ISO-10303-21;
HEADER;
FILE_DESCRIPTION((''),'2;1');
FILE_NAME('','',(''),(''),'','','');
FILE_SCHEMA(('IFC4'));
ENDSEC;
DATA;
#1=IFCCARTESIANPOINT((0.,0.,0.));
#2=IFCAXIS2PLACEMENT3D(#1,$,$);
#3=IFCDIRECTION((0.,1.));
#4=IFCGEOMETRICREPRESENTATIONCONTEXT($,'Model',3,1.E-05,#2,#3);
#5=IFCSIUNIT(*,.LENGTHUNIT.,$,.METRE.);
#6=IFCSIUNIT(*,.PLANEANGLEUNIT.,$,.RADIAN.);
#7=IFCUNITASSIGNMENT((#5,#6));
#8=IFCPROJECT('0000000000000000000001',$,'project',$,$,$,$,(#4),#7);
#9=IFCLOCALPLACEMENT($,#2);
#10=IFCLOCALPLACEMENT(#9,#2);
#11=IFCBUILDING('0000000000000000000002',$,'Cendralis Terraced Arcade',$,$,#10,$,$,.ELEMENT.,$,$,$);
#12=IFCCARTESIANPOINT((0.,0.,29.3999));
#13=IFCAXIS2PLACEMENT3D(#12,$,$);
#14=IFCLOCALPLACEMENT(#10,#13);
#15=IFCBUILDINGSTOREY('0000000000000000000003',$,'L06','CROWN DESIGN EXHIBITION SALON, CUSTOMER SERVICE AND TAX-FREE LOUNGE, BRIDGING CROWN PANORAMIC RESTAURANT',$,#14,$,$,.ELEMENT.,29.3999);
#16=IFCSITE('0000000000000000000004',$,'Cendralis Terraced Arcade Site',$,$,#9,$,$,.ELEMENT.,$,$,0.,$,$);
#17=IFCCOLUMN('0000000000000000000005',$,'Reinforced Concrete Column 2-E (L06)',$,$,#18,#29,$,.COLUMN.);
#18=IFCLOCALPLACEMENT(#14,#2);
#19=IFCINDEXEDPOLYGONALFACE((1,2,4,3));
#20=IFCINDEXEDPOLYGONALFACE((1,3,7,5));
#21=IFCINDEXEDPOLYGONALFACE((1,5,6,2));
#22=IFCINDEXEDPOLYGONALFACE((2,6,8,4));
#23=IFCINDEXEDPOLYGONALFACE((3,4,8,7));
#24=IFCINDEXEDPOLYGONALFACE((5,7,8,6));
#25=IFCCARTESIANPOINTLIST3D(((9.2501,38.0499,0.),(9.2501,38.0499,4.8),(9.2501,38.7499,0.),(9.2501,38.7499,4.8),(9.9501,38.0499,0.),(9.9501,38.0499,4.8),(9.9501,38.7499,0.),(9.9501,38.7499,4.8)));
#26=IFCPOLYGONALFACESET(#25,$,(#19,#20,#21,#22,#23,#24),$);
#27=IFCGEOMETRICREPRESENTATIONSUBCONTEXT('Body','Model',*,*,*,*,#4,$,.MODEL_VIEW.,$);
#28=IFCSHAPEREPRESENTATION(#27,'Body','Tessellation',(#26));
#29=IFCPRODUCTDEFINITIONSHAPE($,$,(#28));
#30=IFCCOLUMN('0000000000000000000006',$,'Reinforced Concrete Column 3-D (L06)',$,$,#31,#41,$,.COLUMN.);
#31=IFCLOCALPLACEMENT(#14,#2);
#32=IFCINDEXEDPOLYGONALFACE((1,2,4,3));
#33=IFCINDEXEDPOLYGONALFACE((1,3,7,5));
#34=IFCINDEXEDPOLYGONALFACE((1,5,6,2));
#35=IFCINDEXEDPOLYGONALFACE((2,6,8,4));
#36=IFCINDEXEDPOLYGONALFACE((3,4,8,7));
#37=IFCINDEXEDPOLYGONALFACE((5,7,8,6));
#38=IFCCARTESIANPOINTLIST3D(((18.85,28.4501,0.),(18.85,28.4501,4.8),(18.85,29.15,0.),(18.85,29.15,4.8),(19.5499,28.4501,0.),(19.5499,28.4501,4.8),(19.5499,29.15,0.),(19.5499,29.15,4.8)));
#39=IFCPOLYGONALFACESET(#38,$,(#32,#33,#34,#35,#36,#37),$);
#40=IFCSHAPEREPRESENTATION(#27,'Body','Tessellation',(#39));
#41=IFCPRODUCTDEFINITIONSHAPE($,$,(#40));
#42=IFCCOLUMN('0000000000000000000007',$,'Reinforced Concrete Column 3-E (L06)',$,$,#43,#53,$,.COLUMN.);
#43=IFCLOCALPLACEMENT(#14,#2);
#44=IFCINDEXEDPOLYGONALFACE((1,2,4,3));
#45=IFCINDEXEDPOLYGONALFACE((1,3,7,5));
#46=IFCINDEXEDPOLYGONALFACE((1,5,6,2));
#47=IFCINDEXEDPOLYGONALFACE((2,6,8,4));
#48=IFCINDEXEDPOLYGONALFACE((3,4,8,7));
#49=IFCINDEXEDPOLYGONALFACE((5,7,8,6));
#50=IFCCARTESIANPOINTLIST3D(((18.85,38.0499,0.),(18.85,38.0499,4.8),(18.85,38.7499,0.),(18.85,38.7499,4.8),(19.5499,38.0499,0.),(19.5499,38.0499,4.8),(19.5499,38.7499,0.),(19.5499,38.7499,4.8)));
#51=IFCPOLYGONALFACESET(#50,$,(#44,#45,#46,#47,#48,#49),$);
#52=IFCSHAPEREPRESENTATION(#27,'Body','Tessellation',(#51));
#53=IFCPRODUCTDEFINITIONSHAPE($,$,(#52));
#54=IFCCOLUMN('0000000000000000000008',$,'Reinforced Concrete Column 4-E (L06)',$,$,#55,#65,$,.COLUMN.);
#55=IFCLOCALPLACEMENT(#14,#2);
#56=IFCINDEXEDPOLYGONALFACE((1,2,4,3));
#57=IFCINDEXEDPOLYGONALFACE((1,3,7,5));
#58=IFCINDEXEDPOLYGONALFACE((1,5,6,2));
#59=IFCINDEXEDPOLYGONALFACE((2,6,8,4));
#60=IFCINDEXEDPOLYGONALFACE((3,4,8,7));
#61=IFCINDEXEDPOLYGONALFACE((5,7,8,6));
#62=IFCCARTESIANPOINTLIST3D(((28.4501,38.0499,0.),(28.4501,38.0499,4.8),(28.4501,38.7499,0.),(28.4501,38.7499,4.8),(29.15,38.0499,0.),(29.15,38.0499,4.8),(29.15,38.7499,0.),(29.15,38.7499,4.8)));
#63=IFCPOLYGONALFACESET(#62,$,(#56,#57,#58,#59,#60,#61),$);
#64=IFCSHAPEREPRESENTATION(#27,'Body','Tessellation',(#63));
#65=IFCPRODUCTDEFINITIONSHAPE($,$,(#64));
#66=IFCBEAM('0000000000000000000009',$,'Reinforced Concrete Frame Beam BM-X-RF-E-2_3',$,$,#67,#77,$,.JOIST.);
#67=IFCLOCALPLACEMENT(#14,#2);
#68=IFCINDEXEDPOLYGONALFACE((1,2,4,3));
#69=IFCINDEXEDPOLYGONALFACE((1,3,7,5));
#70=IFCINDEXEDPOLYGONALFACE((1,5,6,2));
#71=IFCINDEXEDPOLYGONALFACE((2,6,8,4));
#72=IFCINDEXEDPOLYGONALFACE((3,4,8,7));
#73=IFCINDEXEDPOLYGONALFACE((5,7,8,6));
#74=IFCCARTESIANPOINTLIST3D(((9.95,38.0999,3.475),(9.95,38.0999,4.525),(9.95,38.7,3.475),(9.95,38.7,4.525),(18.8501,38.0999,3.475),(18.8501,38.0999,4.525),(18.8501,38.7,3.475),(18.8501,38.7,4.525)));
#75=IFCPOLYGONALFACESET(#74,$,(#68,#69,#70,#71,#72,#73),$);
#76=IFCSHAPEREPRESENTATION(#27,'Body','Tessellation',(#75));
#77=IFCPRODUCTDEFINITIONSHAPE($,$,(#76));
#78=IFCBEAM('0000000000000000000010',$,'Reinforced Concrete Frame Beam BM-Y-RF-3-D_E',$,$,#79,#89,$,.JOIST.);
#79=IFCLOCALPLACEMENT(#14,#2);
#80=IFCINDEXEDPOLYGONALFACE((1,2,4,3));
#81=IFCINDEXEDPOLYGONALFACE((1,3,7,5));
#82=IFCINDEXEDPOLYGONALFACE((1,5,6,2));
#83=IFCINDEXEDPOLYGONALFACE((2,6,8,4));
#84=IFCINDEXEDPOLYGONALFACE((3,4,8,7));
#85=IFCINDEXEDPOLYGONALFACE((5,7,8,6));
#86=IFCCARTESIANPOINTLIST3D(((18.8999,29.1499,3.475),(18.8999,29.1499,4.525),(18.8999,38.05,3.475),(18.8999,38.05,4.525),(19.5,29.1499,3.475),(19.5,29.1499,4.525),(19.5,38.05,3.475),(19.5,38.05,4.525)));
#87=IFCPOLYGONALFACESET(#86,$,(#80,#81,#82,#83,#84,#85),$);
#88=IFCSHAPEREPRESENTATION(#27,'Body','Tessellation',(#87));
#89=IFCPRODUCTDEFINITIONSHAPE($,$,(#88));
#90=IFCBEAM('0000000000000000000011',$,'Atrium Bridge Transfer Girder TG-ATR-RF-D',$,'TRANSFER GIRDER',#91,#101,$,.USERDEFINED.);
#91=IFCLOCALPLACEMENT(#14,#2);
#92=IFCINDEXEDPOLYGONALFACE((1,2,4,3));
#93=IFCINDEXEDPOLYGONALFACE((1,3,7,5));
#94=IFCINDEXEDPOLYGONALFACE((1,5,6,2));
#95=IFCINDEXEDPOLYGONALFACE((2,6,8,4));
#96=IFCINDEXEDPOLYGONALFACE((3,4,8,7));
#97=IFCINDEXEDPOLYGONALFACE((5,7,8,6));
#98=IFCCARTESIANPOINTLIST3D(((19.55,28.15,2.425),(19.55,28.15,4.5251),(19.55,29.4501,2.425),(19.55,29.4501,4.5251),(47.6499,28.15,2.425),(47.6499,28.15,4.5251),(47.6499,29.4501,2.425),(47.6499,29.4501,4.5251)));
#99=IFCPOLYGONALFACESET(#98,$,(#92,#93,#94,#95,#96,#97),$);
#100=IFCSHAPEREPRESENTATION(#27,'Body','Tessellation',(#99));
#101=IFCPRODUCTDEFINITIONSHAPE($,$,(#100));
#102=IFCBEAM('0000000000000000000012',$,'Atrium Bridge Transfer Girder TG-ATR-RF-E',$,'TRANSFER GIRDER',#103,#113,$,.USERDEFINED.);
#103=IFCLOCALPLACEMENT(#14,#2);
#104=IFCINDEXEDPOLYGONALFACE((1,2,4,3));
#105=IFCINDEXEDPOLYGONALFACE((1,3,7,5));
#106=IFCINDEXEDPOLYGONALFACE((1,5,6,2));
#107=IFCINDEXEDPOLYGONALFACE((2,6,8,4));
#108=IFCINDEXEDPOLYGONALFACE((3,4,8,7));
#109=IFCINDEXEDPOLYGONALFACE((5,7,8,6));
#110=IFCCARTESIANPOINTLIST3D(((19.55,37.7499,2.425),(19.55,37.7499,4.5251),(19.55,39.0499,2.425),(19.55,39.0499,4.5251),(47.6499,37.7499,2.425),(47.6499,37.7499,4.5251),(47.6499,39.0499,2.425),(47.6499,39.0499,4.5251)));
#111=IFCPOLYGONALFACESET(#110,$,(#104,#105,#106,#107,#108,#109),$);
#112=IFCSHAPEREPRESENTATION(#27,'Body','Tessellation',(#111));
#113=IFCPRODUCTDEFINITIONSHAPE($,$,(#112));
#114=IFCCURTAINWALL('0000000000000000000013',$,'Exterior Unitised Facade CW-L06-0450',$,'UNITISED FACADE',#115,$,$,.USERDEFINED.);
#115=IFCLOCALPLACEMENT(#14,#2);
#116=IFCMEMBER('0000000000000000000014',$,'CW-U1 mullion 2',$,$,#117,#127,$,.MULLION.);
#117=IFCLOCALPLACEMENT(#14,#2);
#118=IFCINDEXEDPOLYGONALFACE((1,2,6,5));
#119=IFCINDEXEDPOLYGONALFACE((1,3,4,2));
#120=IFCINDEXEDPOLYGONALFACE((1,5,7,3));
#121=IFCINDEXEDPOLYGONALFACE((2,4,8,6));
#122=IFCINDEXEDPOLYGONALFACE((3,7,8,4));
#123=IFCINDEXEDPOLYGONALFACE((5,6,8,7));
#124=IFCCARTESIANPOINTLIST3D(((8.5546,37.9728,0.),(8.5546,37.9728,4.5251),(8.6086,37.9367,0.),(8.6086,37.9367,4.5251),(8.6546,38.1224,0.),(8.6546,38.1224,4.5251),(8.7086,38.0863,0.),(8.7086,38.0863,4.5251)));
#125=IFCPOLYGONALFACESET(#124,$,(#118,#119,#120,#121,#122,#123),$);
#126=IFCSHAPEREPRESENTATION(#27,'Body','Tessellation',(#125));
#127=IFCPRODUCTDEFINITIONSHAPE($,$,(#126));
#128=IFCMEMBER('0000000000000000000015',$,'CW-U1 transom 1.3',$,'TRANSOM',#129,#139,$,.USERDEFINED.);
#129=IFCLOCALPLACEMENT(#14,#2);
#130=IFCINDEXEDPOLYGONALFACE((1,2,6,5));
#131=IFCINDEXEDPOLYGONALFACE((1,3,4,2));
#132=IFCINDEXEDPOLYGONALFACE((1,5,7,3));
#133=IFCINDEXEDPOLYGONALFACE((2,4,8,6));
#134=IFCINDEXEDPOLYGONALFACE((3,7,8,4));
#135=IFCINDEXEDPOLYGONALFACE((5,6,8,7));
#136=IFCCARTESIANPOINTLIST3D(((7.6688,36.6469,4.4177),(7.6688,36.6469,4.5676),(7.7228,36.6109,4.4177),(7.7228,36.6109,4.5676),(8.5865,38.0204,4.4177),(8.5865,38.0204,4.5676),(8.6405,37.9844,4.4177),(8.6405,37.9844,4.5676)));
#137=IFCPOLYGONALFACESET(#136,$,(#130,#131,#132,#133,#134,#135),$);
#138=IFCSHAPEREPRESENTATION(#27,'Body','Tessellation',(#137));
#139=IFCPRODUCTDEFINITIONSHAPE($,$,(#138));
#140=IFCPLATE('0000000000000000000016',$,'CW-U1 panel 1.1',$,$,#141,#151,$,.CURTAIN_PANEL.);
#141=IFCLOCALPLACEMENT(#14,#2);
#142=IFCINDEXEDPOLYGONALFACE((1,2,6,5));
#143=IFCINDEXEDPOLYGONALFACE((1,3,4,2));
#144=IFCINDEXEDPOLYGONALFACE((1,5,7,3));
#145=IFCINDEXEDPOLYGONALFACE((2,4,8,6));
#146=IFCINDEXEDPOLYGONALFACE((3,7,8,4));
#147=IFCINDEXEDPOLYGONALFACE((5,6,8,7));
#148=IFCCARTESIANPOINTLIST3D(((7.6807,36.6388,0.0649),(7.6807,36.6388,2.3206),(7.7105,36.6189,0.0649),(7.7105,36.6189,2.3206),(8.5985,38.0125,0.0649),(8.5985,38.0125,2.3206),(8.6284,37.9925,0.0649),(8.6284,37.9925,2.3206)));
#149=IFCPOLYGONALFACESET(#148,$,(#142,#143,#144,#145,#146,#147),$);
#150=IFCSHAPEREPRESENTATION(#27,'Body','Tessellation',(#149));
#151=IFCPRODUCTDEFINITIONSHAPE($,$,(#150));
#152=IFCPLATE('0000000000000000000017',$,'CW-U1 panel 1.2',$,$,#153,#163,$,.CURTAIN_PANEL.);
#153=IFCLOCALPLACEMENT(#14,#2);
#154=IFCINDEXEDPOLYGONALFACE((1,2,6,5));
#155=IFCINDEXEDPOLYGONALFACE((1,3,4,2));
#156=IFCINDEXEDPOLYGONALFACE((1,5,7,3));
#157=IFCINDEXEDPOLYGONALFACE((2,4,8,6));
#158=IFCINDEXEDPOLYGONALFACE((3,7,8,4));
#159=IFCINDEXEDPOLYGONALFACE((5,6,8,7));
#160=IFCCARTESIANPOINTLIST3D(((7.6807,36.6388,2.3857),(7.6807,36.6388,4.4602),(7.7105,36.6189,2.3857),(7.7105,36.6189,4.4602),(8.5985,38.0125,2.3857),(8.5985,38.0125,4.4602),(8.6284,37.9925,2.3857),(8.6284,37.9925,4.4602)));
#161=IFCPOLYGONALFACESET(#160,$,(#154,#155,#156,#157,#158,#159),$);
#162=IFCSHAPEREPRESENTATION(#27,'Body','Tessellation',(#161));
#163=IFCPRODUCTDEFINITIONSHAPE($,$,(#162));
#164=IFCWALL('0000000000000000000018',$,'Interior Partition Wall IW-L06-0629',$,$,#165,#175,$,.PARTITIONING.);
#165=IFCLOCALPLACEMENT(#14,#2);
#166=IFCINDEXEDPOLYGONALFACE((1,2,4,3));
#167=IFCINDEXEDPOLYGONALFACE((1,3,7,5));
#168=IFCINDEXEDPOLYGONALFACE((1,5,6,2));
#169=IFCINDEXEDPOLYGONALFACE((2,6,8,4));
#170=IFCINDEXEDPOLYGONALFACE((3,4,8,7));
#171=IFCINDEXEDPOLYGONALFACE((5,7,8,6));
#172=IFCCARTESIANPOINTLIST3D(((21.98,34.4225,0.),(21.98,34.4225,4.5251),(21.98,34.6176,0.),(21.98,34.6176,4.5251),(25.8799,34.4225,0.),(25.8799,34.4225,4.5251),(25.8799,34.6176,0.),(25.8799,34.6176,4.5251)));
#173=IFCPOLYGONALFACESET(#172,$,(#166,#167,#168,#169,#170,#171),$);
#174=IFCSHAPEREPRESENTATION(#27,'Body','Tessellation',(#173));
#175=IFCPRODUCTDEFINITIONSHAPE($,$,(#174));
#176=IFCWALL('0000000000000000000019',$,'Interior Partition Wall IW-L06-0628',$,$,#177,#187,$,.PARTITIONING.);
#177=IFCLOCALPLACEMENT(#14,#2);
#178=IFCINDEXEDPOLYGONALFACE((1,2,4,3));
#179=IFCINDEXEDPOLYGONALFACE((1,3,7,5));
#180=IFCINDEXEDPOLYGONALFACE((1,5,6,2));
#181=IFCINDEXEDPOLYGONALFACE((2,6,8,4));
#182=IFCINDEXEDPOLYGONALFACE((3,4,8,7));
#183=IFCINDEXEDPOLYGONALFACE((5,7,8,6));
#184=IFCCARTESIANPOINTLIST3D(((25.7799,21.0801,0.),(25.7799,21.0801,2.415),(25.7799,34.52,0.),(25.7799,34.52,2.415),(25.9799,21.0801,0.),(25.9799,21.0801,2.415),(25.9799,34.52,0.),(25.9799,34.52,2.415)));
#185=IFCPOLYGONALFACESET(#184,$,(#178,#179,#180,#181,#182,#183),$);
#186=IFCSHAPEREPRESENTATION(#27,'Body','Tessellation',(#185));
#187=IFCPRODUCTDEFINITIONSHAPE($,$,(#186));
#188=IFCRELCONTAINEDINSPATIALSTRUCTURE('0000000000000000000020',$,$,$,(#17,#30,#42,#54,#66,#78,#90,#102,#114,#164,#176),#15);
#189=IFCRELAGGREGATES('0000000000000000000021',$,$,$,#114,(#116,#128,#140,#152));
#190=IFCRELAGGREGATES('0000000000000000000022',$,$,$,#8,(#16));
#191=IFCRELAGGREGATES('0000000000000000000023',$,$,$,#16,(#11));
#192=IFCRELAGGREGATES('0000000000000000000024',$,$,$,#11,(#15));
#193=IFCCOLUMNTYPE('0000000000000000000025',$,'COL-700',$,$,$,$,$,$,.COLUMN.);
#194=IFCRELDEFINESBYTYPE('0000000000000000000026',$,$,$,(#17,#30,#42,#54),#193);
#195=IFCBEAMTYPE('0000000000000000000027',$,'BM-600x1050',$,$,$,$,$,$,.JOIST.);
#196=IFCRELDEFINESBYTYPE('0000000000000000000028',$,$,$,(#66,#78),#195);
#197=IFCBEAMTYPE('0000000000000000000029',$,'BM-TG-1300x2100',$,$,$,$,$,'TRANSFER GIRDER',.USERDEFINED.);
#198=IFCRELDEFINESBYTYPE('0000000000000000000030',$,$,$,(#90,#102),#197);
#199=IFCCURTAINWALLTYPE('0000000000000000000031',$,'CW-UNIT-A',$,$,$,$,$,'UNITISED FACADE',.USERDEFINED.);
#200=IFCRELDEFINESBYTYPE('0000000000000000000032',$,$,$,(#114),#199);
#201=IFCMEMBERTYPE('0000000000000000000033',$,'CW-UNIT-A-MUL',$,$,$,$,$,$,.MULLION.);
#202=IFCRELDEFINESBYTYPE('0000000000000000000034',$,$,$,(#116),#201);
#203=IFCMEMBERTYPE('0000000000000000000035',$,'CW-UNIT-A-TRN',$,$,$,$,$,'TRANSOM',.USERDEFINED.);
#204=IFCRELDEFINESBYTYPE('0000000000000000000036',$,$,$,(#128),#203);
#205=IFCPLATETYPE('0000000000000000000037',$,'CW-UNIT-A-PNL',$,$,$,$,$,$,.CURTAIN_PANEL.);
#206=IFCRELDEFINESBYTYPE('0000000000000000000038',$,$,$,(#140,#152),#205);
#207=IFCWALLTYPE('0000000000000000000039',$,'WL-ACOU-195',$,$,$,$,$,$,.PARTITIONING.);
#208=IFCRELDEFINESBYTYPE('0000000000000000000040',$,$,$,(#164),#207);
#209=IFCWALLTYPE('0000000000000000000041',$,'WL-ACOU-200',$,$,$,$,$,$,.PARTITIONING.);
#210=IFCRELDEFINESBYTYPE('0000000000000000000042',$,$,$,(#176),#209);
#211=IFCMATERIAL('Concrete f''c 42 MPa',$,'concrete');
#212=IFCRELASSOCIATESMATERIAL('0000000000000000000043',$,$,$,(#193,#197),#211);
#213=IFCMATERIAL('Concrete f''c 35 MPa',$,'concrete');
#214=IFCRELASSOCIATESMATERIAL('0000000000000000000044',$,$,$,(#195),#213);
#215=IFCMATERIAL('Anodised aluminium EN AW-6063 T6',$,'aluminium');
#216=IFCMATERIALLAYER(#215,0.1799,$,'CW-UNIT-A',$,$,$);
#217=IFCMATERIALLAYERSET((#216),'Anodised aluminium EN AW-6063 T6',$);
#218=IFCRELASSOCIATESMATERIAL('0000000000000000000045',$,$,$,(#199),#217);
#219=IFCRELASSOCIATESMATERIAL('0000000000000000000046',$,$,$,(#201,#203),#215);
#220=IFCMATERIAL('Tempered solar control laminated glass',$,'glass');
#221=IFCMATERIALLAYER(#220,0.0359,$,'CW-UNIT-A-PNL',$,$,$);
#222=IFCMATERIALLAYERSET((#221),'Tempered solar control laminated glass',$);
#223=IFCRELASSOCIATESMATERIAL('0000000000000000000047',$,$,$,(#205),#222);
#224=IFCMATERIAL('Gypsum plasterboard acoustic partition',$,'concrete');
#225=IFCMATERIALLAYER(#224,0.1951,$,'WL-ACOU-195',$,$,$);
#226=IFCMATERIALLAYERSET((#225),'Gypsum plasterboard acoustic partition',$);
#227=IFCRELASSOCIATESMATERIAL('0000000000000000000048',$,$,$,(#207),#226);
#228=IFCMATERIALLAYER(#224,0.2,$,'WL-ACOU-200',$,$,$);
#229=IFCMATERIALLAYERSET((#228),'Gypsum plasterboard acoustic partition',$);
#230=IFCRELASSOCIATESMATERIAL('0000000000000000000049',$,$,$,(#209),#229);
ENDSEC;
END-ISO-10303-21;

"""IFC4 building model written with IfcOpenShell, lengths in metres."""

from ifc_helpers import new_model, si_unit, direction, frame, frame_2d, origin, origin_2d, place, context, subcontext, project, spatial, rectangle, extrude, material, layer, layer_set, material_profile, profile_set, type_object, element, aggregate, save


model = new_model("IFC4")

# Units and contexts
model_context = context("Model", 3, precision=1e-05, world=origin(), true_north=direction((0.0, 1.0)))
body_context = subcontext(model_context, "Body", "Model", "MODEL_VIEW")
ifc_project = project(units=[si_unit("LENGTHUNIT", "METRE"), si_unit("PLANEANGLEUNIT", "RADIAN")], contexts=[model_context])

# Site, building, storey
site_placement = place(None, origin())
site = spatial("IfcSite", under=ifc_project, at=site_placement, Name="Cendralis Terraced Arcade Site", CompositionType="ELEMENT", RefElevation=0.0)
building_placement = place(site_placement, origin())
building = spatial("IfcBuilding", under=site, at=building_placement, Name="Cendralis Terraced Arcade", CompositionType="ELEMENT")
storey_placement = place(building_placement, frame((0.0, 0.0, 29.3999)))
storey = spatial("IfcBuildingStorey", under=building, at=storey_placement, Name="L06", Description="CROWN DESIGN EXHIBITION SALON, CUSTOMER SERVICE AND TAX-FREE LOUNGE, BRIDGING CROWN PANORAMIC RESTAURANT", CompositionType="ELEMENT", Elevation=29.3999)

# Columns
ifc_material_1 = material(Name="Concrete f'c 42 MPa", Category="concrete")
ifc_material_profile_1 = material_profile(ifc_material_1, rectangle(XDim=0.7, YDim=0.7, at=origin_2d()), Name="RC-COL-700x700", Category="LoadBearing")
ifc_profile_set_1 = profile_set([ifc_material_profile_1], Name="Concrete f'c 42 MPa")
column_type = type_object("IfcColumnType", Name="COL-700", PredefinedType="COLUMN", material=ifc_profile_set_1)
for number, where, z_axis, x_axis, name in (
    (1, (9.6001, 38.3999, 0.0), (0.0, 0.0, 1.0), (1.0, 0.0, 0.0), "Reinforced Concrete Column 2-E (L06)"),
    (2, (19.2, 28.8, 0.0), (0.0, 0.0, 1.0), (1.0, 0.0, 0.0), "Reinforced Concrete Column 3-D (L06)"),
    (3, (19.2, 38.3999, 0.0), (0.0, 0.0, 1.0), (1.0, 0.0, 0.0), "Reinforced Concrete Column 3-E (L06)"),
    (4, (28.8, 38.3999, 0.0), (0.0, 0.0, 1.0), (1.0, 0.0, 0.0), "Reinforced Concrete Column 4-E (L06)"),
):
    element("IfcColumn", number, at=place(storey_placement, frame(where, z_axis=z_axis, x_axis=x_axis)), inside=storey, type_object=column_type, Name=name, PredefinedType="COLUMN", context=body_context, shape_type="SweptSolid", body=[
        extrude(rectangle(XDim=0.7, YDim=0.7, at=origin_2d()), origin(), (0.0, 0.0, 1.0), 4.8),
    ])

# Beams
ifc_material_2 = material(Name="Concrete f'c 35 MPa", Category="concrete")
ifc_material_profile_2 = material_profile(ifc_material_2, rectangle(XDim=0.6001, YDim=1.05, at=origin_2d()), Name="RC-BM-600x1050", Category="LoadBearing")
ifc_profile_set_2 = profile_set([ifc_material_profile_2], Name="Concrete f'c 35 MPa")
beam_type_1 = type_object("IfcBeamType", Name="BM-600x1050", PredefinedType="JOIST", material=ifc_profile_set_2)
for number, where, z_axis, x_axis, name in (
    (5, (9.95, 38.3999, 4.0), (1.0, 0.0, 0.0), (0.0, 1.0, 0.0), "Reinforced Concrete Frame Beam BM-X-RF-E-2_3"),
    (6, (19.2, 29.1499, 4.0), (0.0, 1.0, 0.0), (-1.0, 0.0, 0.0), "Reinforced Concrete Frame Beam BM-Y-RF-3-D_E"),
):
    element("IfcBeam", number, at=place(storey_placement, frame(where, z_axis=z_axis, x_axis=x_axis)), inside=storey, type_object=beam_type_1, Name=name, PredefinedType="JOIST", context=body_context, shape_type="SweptSolid", body=[
        extrude(rectangle(XDim=0.6001, YDim=1.05, at=origin_2d()), origin(), (0.0, 0.0, 1.0), 8.9001),
    ])
ifc_material_profile_3 = material_profile(ifc_material_1, rectangle(XDim=1.3, YDim=2.1001, at=origin_2d()), Name="RC-TG-1300x2100", Category="LoadBearing")
ifc_profile_set_3 = profile_set([ifc_material_profile_3], Name="Concrete f'c 42 MPa")
beam_type_2 = type_object("IfcBeamType", Name="BM-TG-1300x2100", ElementType="TRANSFER GIRDER", PredefinedType="USERDEFINED", material=ifc_profile_set_3)
for number, where, z_axis, x_axis, name in (
    (7, (19.55, 28.8, 3.4751), (1.0, 0.0, 0.0), (0.0, 1.0, 0.0), "Atrium Bridge Transfer Girder TG-ATR-RF-D"),
    (8, (19.55, 38.3999, 3.4751), (1.0, 0.0, 0.0), (0.0, 1.0, 0.0), "Atrium Bridge Transfer Girder TG-ATR-RF-E"),
):
    element("IfcBeam", number, at=place(storey_placement, frame(where, z_axis=z_axis, x_axis=x_axis)), inside=storey, type_object=beam_type_2, Name=name, ObjectType="TRANSFER GIRDER", PredefinedType="USERDEFINED", context=body_context, shape_type="SweptSolid", body=[
        extrude(rectangle(XDim=1.3, YDim=2.1001, at=origin_2d()), origin(), (0.0, 0.0, 1.0), 28.0999),
    ])

# Curtain wall, members, plates
ifc_material_3 = material(Name="Anodised aluminium EN AW-6063 T6", Category="aluminium")
ifc_layer_1 = layer(ifc_material_3, 0.1799, Name="CW-UNIT-A")
ifc_layer_set_1 = layer_set([ifc_layer_1], Name="Anodised aluminium EN AW-6063 T6")
curtain_wall_type = type_object("IfcCurtainWallType", Name="CW-UNIT-A", ElementType="UNITISED FACADE", PredefinedType="USERDEFINED", material=ifc_layer_set_1)
curtain_wall_placement = place(storey_placement, origin())
curtain_wall = element("IfcCurtainWall", 9, at=curtain_wall_placement, inside=storey, type_object=curtain_wall_type, Name="Exterior Unitised Facade CW-L06-0450", ObjectType="UNITISED FACADE", PredefinedType="USERDEFINED")
ifc_material_profile_4 = material_profile(ifc_material_3, rectangle(XDim=0.0649, YDim=0.1799, at=origin_2d()), Name="ALU-MUL-65x180")
ifc_profile_set_4 = profile_set([ifc_material_profile_4], Name="Anodised aluminium EN AW-6063 T6")
member_type_1 = type_object("IfcMemberType", Name="CW-UNIT-A-MUL", PredefinedType="MULLION", material=ifc_profile_set_4)
member_1_placement = place(storey_placement, frame((8.6316, 38.0295, 0.0), z_axis=(0.0, 0.0, 1.0), x_axis=(-0.831471, 0.555567, 0.0)))
member_1 = element("IfcMember", 10, at=member_1_placement, type_object=member_type_1, Name="CW-U1 mullion 2", PredefinedType="MULLION", context=body_context, shape_type="SweptSolid", body=[
    extrude(rectangle(XDim=0.0649, YDim=0.1799, at=origin_2d()), origin(), (0.0, 0.0, 1.0), 4.5251),
])
ifc_material_profile_5 = material_profile(ifc_material_3, rectangle(XDim=0.0649, YDim=0.1499, at=origin_2d()), Name="ALU-TRN-65x150")
ifc_profile_set_5 = profile_set([ifc_material_profile_5], Name="Anodised aluminium EN AW-6063 T6")
member_type_2 = type_object("IfcMemberType", Name="CW-UNIT-A-TRN", ElementType="TRANSOM", PredefinedType="USERDEFINED", material=ifc_profile_set_5)
member_2_placement = place(storey_placement, frame((7.6958, 36.6289, 4.4927), z_axis=(0.555553, 0.831481, 0.0), x_axis=(-0.831481, 0.555553, 0.0)))
member_2 = element("IfcMember", 11, at=member_2_placement, type_object=member_type_2, Name="CW-U1 transom 1.3", ObjectType="TRANSOM", PredefinedType="USERDEFINED", context=body_context, shape_type="SweptSolid", body=[
    extrude(rectangle(XDim=0.0649, YDim=0.1499, at=origin_2d()), origin(), (0.0, 0.0, 1.0), 1.6519),
])
ifc_material_4 = material(Name="Tempered solar control laminated glass", Category="glass")
ifc_layer_2 = layer(ifc_material_4, 0.0359, Name="CW-UNIT-A-PNL")
ifc_layer_set_2 = layer_set([ifc_layer_2], Name="Tempered solar control laminated glass")
plate_type = type_object("IfcPlateType", Name="CW-UNIT-A-PNL", PredefinedType="CURTAIN_PANEL", material=ifc_layer_set_2)
plate_1_placement = place(storey_placement, frame((8.1545, 37.3157, 0.0649), z_axis=(0.0, 0.0, 1.0), x_axis=(0.555567, 0.831471, 0.0)))
plate_1 = element("IfcPlate", 12, at=plate_1_placement, type_object=plate_type, Name="CW-U1 panel 1.1", PredefinedType="CURTAIN_PANEL", context=body_context, shape_type="SweptSolid", body=[
    extrude(rectangle(XDim=1.6521, YDim=0.0359, at=origin_2d()), origin(), (0.0, 0.0, 1.0), 2.2556),
])
plate_2_placement = place(storey_placement, frame((8.1545, 37.3157, 2.3857), z_axis=(0.0, 0.0, 1.0), x_axis=(0.555567, 0.831471, 0.0)))
plate_2 = element("IfcPlate", 13, at=plate_2_placement, type_object=plate_type, Name="CW-U1 panel 1.2", PredefinedType="CURTAIN_PANEL", context=body_context, shape_type="SweptSolid", body=[
    extrude(rectangle(XDim=1.6521, YDim=0.0359, at=origin_2d()), origin(), (0.0, 0.0, 1.0), 2.0745),
])
aggregate(curtain_wall, [member_1, member_2, plate_1, plate_2])

# Walls
ifc_material_5 = material(Name="Gypsum plasterboard acoustic partition", Category="concrete")
ifc_layer_3 = layer(ifc_material_5, 0.1951, Name="WL-ACOU-195")
ifc_layer_set_3 = layer_set([ifc_layer_3], Name="Gypsum plasterboard acoustic partition")
wall_type_1 = type_object("IfcWallType", Name="WL-ACOU-195", PredefinedType="PARTITIONING", material=ifc_layer_set_3)
wall_1_placement = place(storey_placement, frame((21.98, 34.52, 0.0), z_axis=(0.0, 0.0, 1.0), x_axis=(1.0, 0.0, 0.0)))
element("IfcWall", 14, at=wall_1_placement, inside=storey, type_object=wall_type_1, Name="Interior Partition Wall IW-L06-0629", PredefinedType="PARTITIONING", context=body_context, shape_type="SweptSolid", body=[
    extrude(rectangle(XDim=3.8999, YDim=0.1951, at=frame_2d((1.95, 0.0))), origin(), (0.0, 0.0, 1.0), 4.5251),
])
ifc_layer_4 = layer(ifc_material_5, 0.2, Name="WL-ACOU-200")
ifc_layer_set_4 = layer_set([ifc_layer_4], Name="Gypsum plasterboard acoustic partition")
wall_type_2 = type_object("IfcWallType", Name="WL-ACOU-200", PredefinedType="PARTITIONING", material=ifc_layer_set_4)
wall_2_placement = place(storey_placement, frame((25.8799, 34.52, 0.0), z_axis=(0.0, 0.0, 1.0), x_axis=(0.0, -1.0, 0.0)))
element("IfcWall", 15, at=wall_2_placement, inside=storey, type_object=wall_type_2, Name="Interior Partition Wall IW-L06-0628", PredefinedType="PARTITIONING", context=body_context, shape_type="SweptSolid", body=[
    extrude(rectangle(XDim=13.4399, YDim=0.2, at=frame_2d((6.72, 0.0))), origin(), (0.0, 0.0, 1.0), 2.415),
])

save(model, "model.ifc")
